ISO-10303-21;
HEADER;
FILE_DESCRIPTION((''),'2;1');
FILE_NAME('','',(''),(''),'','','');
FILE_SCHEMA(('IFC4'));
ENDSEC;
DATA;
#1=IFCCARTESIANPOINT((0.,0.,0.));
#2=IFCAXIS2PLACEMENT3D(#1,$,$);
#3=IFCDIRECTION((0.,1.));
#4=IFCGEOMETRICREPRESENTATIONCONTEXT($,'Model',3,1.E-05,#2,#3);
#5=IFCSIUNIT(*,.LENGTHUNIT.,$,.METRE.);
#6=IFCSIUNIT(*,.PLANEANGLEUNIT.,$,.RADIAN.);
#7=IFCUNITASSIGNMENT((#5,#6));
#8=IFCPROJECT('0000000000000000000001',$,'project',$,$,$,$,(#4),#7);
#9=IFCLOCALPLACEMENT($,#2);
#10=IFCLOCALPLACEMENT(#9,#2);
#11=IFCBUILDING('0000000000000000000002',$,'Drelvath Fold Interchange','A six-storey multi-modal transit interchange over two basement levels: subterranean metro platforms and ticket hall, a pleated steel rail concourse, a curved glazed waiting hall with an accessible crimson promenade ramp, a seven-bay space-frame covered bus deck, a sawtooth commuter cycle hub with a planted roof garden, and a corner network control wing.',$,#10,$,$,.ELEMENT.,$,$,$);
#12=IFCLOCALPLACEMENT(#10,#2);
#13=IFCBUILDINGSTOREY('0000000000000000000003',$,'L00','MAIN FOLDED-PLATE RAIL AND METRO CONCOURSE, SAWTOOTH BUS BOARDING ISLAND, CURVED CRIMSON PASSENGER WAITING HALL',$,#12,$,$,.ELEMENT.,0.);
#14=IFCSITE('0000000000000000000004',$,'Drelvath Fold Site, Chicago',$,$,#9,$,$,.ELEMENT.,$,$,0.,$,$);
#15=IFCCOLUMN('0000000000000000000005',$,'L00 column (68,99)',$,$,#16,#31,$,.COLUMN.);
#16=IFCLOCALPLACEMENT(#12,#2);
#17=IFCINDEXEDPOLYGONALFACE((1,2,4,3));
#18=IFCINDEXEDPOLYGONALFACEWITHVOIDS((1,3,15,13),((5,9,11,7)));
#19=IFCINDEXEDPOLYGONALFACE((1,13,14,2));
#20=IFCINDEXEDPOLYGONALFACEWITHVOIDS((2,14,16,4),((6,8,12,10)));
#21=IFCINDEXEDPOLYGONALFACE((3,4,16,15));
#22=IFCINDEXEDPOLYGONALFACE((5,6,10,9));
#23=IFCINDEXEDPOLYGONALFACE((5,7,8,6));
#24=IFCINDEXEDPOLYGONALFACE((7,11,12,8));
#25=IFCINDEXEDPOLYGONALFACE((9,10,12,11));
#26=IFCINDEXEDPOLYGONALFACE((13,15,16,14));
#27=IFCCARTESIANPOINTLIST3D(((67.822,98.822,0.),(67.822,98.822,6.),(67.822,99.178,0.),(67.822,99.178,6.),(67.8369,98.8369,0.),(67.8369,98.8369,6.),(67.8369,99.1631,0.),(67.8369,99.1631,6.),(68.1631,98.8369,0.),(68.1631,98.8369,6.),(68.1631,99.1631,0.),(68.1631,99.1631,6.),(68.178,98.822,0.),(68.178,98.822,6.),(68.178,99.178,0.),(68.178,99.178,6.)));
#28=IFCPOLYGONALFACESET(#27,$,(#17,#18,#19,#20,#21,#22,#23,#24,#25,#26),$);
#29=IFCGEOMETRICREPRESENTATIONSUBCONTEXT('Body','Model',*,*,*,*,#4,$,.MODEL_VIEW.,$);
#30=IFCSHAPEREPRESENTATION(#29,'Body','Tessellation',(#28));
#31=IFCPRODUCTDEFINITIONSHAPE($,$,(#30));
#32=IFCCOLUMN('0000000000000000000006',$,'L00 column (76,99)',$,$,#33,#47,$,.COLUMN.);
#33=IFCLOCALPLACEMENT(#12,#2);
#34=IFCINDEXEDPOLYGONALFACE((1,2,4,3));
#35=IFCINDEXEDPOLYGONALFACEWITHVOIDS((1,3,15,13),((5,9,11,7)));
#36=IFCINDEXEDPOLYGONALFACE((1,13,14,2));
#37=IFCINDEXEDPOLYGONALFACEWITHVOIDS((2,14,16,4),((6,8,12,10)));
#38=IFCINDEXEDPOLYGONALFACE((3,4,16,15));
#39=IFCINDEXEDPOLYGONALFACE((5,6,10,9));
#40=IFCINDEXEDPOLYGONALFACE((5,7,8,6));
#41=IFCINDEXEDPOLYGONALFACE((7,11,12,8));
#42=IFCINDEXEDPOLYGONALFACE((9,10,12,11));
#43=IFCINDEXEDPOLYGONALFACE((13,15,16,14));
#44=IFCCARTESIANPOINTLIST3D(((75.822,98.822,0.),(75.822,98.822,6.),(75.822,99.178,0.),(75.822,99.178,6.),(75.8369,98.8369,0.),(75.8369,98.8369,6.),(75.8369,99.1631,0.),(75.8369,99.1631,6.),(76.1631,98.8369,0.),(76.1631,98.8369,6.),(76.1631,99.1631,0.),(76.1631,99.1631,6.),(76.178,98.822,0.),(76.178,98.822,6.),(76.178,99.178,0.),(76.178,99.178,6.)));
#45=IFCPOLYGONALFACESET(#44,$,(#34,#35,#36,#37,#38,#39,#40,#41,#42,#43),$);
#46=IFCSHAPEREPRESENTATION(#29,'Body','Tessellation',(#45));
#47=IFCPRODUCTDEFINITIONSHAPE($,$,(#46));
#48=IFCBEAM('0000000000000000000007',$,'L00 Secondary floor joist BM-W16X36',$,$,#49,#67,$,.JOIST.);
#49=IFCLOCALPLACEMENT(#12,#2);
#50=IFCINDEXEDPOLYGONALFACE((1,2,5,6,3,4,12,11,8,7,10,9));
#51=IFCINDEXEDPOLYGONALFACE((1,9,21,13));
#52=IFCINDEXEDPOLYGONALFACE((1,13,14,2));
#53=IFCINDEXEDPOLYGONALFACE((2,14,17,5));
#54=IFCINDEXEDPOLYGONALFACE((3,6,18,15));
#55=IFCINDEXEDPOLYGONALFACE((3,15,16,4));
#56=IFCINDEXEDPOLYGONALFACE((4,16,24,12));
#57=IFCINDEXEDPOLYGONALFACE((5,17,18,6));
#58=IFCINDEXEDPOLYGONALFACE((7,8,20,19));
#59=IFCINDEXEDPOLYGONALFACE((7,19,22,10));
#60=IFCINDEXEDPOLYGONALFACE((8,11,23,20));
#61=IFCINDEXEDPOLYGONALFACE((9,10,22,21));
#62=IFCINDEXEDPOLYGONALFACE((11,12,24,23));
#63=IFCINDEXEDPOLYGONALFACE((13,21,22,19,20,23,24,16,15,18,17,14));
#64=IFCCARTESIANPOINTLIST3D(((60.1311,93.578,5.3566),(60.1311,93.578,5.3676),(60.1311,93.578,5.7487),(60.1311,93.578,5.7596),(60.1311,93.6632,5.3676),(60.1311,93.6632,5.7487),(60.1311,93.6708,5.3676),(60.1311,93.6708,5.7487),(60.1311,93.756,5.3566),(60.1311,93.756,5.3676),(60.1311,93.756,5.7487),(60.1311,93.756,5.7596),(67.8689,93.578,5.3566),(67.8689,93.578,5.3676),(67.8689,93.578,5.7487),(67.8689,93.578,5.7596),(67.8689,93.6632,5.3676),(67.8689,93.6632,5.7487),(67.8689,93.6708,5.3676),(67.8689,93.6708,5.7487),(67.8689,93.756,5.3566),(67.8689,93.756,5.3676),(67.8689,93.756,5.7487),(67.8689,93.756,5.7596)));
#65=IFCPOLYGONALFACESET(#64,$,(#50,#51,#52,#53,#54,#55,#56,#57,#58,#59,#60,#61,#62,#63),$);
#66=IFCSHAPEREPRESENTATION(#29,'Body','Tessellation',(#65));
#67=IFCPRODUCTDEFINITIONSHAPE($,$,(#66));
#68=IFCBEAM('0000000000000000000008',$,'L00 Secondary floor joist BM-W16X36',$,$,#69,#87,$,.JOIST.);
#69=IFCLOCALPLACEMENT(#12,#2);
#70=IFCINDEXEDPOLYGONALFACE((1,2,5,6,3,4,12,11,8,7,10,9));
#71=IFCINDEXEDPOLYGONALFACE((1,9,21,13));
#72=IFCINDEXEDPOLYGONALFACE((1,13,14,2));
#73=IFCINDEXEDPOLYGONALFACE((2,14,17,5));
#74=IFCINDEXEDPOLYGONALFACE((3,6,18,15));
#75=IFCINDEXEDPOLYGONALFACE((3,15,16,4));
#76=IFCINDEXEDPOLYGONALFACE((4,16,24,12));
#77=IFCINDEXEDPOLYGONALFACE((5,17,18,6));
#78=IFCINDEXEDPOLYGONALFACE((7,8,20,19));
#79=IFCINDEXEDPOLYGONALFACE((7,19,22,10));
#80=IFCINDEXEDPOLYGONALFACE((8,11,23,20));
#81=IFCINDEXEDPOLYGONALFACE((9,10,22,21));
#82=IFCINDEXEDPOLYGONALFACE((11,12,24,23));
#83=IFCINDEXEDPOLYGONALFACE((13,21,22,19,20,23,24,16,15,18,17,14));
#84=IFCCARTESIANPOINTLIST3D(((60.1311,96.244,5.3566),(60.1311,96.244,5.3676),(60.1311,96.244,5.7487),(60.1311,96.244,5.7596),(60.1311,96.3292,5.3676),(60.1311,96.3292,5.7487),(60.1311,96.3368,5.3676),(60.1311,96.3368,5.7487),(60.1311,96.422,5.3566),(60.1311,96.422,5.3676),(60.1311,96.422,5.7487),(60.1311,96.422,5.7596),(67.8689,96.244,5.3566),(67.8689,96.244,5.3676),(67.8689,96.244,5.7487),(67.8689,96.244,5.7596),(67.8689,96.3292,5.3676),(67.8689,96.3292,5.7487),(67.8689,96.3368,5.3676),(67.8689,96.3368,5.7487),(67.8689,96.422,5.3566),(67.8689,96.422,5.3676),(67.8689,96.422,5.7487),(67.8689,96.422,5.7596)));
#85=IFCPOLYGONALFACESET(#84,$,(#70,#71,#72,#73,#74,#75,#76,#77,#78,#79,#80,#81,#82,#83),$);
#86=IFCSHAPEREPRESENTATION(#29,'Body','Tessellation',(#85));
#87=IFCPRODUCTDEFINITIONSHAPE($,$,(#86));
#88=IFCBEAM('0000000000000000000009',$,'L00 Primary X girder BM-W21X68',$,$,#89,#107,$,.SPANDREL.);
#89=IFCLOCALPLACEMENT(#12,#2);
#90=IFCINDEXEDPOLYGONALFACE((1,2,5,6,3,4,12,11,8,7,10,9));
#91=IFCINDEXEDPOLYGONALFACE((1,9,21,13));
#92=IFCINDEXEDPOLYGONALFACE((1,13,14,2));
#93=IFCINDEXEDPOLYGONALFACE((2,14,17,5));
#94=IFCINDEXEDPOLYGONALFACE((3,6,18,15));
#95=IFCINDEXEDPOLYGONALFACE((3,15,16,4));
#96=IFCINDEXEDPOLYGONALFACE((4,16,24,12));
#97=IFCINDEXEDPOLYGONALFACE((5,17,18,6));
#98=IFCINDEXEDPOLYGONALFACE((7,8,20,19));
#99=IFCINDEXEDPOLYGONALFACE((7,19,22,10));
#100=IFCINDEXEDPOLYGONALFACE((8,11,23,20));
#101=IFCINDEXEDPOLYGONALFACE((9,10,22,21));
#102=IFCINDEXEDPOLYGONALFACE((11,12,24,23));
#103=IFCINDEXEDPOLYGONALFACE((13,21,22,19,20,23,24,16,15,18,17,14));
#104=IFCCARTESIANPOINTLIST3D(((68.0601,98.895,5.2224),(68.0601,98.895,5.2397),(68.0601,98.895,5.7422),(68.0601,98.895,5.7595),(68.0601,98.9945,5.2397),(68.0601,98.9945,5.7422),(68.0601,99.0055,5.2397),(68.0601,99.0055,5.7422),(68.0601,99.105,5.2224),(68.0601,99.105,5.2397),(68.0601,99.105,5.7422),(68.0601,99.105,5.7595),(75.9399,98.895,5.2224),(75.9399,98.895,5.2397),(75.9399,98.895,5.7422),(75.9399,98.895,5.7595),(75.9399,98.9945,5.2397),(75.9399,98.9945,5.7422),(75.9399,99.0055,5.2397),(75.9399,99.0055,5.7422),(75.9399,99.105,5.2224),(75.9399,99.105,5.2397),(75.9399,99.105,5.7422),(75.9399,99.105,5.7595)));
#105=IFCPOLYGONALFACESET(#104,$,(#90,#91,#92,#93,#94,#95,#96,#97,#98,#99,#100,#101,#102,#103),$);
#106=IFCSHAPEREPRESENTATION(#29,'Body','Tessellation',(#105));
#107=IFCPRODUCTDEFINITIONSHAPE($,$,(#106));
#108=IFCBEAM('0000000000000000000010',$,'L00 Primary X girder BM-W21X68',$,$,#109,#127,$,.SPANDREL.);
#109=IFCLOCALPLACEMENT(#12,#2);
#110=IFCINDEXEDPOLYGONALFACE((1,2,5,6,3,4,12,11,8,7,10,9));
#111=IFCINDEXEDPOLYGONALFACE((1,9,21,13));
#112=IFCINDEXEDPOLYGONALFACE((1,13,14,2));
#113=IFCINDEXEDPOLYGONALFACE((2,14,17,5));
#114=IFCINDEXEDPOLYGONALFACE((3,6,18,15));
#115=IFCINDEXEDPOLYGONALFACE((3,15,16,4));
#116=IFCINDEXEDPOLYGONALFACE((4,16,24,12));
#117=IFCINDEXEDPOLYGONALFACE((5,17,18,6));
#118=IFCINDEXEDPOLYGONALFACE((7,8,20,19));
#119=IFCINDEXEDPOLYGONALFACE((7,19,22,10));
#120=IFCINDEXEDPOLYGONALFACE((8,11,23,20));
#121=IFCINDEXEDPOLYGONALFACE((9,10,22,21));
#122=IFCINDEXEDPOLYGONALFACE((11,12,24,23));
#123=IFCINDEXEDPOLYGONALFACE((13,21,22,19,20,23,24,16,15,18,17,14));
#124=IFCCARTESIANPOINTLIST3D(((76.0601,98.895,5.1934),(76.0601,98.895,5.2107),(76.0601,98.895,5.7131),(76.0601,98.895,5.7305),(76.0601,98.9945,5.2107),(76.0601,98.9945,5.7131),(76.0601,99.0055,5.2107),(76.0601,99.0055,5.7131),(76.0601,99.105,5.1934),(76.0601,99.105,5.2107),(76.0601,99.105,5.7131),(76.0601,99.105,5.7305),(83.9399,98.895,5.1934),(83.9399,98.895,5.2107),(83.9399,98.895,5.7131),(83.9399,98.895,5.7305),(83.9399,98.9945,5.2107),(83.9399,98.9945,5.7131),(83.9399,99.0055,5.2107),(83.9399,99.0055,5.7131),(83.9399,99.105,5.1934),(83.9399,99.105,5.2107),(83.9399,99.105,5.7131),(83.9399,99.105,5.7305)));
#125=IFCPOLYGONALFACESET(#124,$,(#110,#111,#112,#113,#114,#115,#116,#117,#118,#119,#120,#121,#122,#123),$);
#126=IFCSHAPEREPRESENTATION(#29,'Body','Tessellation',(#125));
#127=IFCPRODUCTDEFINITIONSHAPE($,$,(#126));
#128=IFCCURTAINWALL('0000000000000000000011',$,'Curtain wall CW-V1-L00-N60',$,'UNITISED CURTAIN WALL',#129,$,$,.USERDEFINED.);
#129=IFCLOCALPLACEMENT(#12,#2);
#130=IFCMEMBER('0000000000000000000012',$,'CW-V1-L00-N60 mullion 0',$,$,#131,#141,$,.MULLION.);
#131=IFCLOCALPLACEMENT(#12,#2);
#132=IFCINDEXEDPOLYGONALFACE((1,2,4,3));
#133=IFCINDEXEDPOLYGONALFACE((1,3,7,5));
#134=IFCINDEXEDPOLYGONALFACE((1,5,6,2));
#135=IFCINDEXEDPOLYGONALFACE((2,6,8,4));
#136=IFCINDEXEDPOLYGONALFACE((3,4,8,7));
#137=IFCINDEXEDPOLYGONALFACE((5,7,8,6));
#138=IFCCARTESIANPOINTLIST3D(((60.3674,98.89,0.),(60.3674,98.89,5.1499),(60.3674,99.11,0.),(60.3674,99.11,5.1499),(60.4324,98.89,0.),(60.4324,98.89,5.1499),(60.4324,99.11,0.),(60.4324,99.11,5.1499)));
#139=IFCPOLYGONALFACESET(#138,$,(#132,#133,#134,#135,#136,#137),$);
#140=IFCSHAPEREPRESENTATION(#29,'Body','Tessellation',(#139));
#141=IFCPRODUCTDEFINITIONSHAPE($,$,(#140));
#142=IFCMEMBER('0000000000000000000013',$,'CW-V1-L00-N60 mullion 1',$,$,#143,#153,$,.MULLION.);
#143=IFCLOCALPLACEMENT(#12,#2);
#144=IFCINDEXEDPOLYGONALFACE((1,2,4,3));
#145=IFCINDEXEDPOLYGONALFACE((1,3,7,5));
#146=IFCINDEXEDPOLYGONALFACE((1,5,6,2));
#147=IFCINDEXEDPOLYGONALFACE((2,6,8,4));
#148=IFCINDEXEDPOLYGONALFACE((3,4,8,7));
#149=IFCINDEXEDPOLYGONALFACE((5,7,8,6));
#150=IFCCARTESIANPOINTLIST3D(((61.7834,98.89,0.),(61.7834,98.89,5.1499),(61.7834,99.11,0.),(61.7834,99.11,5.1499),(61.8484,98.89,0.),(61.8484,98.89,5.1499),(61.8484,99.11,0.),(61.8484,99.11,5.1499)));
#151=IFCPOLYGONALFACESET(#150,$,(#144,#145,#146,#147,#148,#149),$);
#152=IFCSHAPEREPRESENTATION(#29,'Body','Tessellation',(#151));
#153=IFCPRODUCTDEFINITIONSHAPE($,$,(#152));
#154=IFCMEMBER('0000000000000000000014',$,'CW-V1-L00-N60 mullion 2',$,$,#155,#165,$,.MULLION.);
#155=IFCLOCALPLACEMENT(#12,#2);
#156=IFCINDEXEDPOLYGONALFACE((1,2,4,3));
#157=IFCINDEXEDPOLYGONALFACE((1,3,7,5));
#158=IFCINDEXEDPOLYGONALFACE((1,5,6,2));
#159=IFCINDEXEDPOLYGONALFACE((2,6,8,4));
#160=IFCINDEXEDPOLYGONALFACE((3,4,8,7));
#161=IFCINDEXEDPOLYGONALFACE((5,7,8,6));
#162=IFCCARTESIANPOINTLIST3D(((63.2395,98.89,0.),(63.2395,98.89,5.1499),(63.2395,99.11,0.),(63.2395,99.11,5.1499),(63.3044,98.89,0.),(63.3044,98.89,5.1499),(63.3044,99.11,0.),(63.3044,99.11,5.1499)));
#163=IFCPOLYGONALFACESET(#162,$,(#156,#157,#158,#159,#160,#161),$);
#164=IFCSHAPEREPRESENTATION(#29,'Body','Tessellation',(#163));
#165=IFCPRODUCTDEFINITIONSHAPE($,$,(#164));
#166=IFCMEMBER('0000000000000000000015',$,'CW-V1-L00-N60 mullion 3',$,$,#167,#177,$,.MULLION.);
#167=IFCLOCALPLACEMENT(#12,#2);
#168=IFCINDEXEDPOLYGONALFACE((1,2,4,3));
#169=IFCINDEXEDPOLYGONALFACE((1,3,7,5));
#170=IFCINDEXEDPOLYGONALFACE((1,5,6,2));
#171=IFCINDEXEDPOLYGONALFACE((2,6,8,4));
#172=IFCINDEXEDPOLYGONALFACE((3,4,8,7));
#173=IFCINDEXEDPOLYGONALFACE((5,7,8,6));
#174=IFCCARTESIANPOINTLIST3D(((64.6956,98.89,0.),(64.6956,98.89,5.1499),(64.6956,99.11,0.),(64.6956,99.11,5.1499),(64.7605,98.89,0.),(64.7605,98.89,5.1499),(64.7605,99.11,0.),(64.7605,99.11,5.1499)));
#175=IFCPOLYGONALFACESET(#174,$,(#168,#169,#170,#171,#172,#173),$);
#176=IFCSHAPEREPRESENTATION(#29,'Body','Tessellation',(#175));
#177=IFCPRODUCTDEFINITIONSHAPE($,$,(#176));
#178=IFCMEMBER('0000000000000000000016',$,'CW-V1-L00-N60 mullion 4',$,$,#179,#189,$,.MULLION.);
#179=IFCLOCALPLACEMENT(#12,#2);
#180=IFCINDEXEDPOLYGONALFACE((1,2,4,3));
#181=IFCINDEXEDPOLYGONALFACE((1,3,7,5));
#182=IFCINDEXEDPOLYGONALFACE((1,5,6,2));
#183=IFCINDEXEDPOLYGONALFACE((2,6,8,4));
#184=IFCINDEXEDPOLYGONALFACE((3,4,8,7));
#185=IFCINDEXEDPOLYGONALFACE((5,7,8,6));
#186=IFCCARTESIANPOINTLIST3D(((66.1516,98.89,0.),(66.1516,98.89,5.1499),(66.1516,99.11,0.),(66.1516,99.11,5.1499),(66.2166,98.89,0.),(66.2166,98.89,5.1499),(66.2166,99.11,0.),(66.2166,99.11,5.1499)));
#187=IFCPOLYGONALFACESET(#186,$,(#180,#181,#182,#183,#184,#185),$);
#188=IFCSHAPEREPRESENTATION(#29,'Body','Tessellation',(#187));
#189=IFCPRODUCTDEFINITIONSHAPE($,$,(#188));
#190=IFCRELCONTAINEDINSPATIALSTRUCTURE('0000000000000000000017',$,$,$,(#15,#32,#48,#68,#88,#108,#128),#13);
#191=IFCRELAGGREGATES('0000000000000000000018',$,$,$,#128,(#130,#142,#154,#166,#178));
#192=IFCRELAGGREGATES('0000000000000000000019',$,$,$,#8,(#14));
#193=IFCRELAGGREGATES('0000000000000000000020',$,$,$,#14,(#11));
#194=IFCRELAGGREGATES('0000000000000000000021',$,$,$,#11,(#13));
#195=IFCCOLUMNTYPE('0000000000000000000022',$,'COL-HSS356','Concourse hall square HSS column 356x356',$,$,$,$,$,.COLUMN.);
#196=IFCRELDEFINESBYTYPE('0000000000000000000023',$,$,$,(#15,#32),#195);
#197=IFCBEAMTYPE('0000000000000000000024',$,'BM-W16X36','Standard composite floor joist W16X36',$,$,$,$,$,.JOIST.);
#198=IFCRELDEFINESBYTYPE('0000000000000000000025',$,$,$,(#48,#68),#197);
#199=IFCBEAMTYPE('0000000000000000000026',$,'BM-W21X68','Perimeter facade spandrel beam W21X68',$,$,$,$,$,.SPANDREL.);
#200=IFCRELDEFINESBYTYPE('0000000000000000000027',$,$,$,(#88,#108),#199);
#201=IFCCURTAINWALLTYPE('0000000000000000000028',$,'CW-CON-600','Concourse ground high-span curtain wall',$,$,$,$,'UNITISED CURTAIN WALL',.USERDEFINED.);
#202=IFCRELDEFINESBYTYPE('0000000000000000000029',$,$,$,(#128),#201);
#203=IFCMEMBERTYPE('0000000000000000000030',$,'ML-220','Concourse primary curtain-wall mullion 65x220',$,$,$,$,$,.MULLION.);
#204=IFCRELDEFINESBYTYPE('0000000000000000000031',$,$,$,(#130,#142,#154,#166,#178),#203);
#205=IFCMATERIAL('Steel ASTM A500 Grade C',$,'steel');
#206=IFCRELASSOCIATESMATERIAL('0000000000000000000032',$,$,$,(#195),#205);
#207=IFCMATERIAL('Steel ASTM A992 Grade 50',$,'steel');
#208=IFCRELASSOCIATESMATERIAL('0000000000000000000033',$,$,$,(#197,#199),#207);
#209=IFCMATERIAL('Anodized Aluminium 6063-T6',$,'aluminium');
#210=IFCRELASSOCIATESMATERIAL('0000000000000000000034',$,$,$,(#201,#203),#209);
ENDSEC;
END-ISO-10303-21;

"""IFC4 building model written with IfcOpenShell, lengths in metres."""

from ifc_helpers import new_model, si_unit, direction, frame, origin, origin_2d, place, context, subcontext, project, spatial, rectangle, hollow_rectangle, i_section, extrude, material, material_profile, profile_set, type_object, element, aggregate, save


model = new_model("IFC4")

# Units and contexts
model_context = context("Model", 3, precision=1e-05, world=origin(), true_north=direction((0.0, 1.0)))
body_context = subcontext(model_context, "Body", "Model", "MODEL_VIEW")
ifc_project = project(units=[si_unit("LENGTHUNIT", "METRE"), si_unit("PLANEANGLEUNIT", "RADIAN")], contexts=[model_context])

# Site, building, storey
site_placement = place(None, origin())
site = spatial("IfcSite", under=ifc_project, at=site_placement, Name="Drelvath Fold Site, Chicago", CompositionType="ELEMENT", RefElevation=0.0)
building_placement = place(site_placement, origin())
building = spatial("IfcBuilding", under=site, at=building_placement, Name="Drelvath Fold Interchange", Description="A six-storey multi-modal transit interchange over two basement levels: subterranean metro platforms and ticket hall, a pleated steel rail concourse, a curved glazed waiting hall with an accessible crimson promenade ramp, a seven-bay space-frame covered bus deck, a sawtooth commuter cycle hub with a planted roof garden, and a corner network control wing.", CompositionType="ELEMENT")
storey_placement = place(building_placement, origin())
storey = spatial("IfcBuildingStorey", under=building, at=storey_placement, Name="L00", Description="MAIN FOLDED-PLATE RAIL AND METRO CONCOURSE, SAWTOOTH BUS BOARDING ISLAND, CURVED CRIMSON PASSENGER WAITING HALL", CompositionType="ELEMENT", Elevation=0.0)

# Columns
ifc_material_1 = material(Name="Steel ASTM A500 Grade C", Category="steel")
ifc_material_profile_1 = material_profile(ifc_material_1, hollow_rectangle(XDim=0.356, YDim=0.356, WallThickness=0.0149, at=origin_2d()), Name="HSS14X14X5/8")
ifc_profile_set_1 = profile_set([ifc_material_profile_1], Name="Steel ASTM A500 Grade C")
column_type = type_object("IfcColumnType", Name="COL-HSS356", Description="Concourse hall square HSS column 356x356", PredefinedType="COLUMN", material=ifc_profile_set_1)
for number, where, z_axis, x_axis, name in (
    (1, (68.0, 99.0, 0.0), (0.0, 0.0, 1.0), (1.0, 0.0, 0.0), "L00 column (68,99)"),
    (2, (76.0, 99.0, 0.0), (0.0, 0.0, 1.0), (1.0, 0.0, 0.0), "L00 column (76,99)"),
):
    element("IfcColumn", number, at=place(storey_placement, frame(where, z_axis=z_axis, x_axis=x_axis)), inside=storey, type_object=column_type, Name=name, PredefinedType="COLUMN", context=body_context, shape_type="SweptSolid", body=[
        extrude(hollow_rectangle(XDim=0.356, YDim=0.356, WallThickness=0.0149, at=origin_2d()), origin(), (0.0, 0.0, 1.0), 6.0),
    ])

# Beams
ifc_material_2 = material(Name="Steel ASTM A992 Grade 50", Category="steel")
ifc_material_profile_2 = material_profile(ifc_material_2, i_section(OverallWidth=0.178, OverallDepth=0.4031, WebThickness=0.0076, FlangeThickness=0.011, at=origin_2d()), Name="W16X36")
ifc_profile_set_2 = profile_set([ifc_material_profile_2], Name="Steel ASTM A992 Grade 50")
beam_type_1 = type_object("IfcBeamType", Name="BM-W16X36", Description="Standard composite floor joist W16X36", PredefinedType="JOIST", material=ifc_profile_set_2)
for number, where, z_axis, x_axis, name in (
    (3, (60.1311, 93.667, 5.5581), (1.0, 0.0, 0.0), (0.0, 1.0, 0.0), "L00 Secondary floor joist BM-W16X36"),
    (4, (60.1311, 96.333, 5.5581), (1.0, 0.0, 0.0), (0.0, 1.0, 0.0), "L00 Secondary floor joist BM-W16X36"),
):
    element("IfcBeam", number, at=place(storey_placement, frame(where, z_axis=z_axis, x_axis=x_axis)), inside=storey, type_object=beam_type_1, Name=name, PredefinedType="JOIST", context=body_context, shape_type="SweptSolid", body=[
        extrude(i_section(OverallWidth=0.178, OverallDepth=0.4031, WebThickness=0.0076, FlangeThickness=0.011, at=origin_2d()), origin(), (0.0, 0.0, 1.0), 7.7378),
    ])
ifc_material_profile_3 = material_profile(ifc_material_2, i_section(OverallWidth=0.21, OverallDepth=0.5371, WebThickness=0.011, FlangeThickness=0.0173, at=origin_2d()), Name="W21X68")
ifc_profile_set_3 = profile_set([ifc_material_profile_3], Name="Steel ASTM A992 Grade 50")
beam_type_2 = type_object("IfcBeamType", Name="BM-W21X68", Description="Perimeter facade spandrel beam W21X68", PredefinedType="SPANDREL", material=ifc_profile_set_3)
for number, where, z_axis, x_axis, name in (
    (5, (68.0601, 99.0, 5.491), (1.0, 0.0, 0.0), (0.0, 1.0, 0.0), "L00 Primary X girder BM-W21X68"),
    (6, (76.0601, 99.0, 5.4619), (1.0, 0.0, 0.0), (0.0, 1.0, 0.0), "L00 Primary X girder BM-W21X68"),
):
    element("IfcBeam", number, at=place(storey_placement, frame(where, z_axis=z_axis, x_axis=x_axis)), inside=storey, type_object=beam_type_2, Name=name, PredefinedType="SPANDREL", context=body_context, shape_type="SweptSolid", body=[
        extrude(i_section(OverallWidth=0.21, OverallDepth=0.5371, WebThickness=0.011, FlangeThickness=0.0173, at=origin_2d()), origin(), (0.0, 0.0, 1.0), 7.8799),
    ])

# Curtain wall, members
ifc_material_3 = material(Name="Anodized Aluminium 6063-T6", Category="aluminium")
curtain_wall_type = type_object("IfcCurtainWallType", Name="CW-CON-600", Description="Concourse ground high-span curtain wall", ElementType="UNITISED CURTAIN WALL", PredefinedType="USERDEFINED", material=ifc_material_3)
curtain_wall_placement = place(storey_placement, origin())
curtain_wall = element("IfcCurtainWall", 7, at=curtain_wall_placement, inside=storey, type_object=curtain_wall_type, Name="Curtain wall CW-V1-L00-N60", ObjectType="UNITISED CURTAIN WALL", PredefinedType="USERDEFINED")
ifc_material_profile_4 = material_profile(ifc_material_3, rectangle(XDim=0.0649, YDim=0.22, at=origin_2d()), Name="AL-M 65x220")
ifc_profile_set_4 = profile_set([ifc_material_profile_4], Name="Anodized Aluminium 6063-T6")
member_type_1 = type_object("IfcMemberType", Name="ML-220", Description="Concourse primary curtain-wall mullion 65x220", PredefinedType="MULLION", material=ifc_profile_set_4)
member_1_placement = place(storey_placement, frame((60.3999, 99.0, 0.0), z_axis=(0.0, 0.0, 1.0), x_axis=(1.0, 0.0, 0.0)))
member_1 = element("IfcMember", 8, at=member_1_placement, type_object=member_type_1, Name="CW-V1-L00-N60 mullion 0", PredefinedType="MULLION", context=body_context, shape_type="SweptSolid", body=[
    extrude(rectangle(XDim=0.0649, YDim=0.22, at=origin_2d()), origin(), (0.0, 0.0, 1.0), 5.1499),
])
member_2_placement = place(storey_placement, frame((61.8159, 99.0, 0.0), z_axis=(0.0, 0.0, 1.0), x_axis=(1.0, 0.0, 0.0)))
member_2 = element("IfcMember", 9, at=member_2_placement, type_object=member_type_1, Name="CW-V1-L00-N60 mullion 1", PredefinedType="MULLION", context=body_context, shape_type="SweptSolid", body=[
    extrude(rectangle(XDim=0.0649, YDim=0.22, at=origin_2d()), origin(), (0.0, 0.0, 1.0), 5.1499),
])
member_3_placement = place(storey_placement, frame((63.272, 99.0, 0.0), z_axis=(0.0, 0.0, 1.0), x_axis=(1.0, 0.0, 0.0)))
member_3 = element("IfcMember", 10, at=member_3_placement, type_object=member_type_1, Name="CW-V1-L00-N60 mullion 2", PredefinedType="MULLION", context=body_context, shape_type="SweptSolid", body=[
    extrude(rectangle(XDim=0.0649, YDim=0.22, at=origin_2d()), origin(), (0.0, 0.0, 1.0), 5.1499),
])
member_4_placement = place(storey_placement, frame((64.728, 99.0, 0.0), z_axis=(0.0, 0.0, 1.0), x_axis=(1.0, 0.0, 0.0)))
member_4 = element("IfcMember", 11, at=member_4_placement, type_object=member_type_1, Name="CW-V1-L00-N60 mullion 3", PredefinedType="MULLION", context=body_context, shape_type="SweptSolid", body=[
    extrude(rectangle(XDim=0.0649, YDim=0.22, at=origin_2d()), origin(), (0.0, 0.0, 1.0), 5.1499),
])
member_5_placement = place(storey_placement, frame((66.1841, 99.0, 0.0), z_axis=(0.0, 0.0, 1.0), x_axis=(1.0, 0.0, 0.0)))
member_5 = element("IfcMember", 12, at=member_5_placement, type_object=member_type_1, Name="CW-V1-L00-N60 mullion 4", PredefinedType="MULLION", context=body_context, shape_type="SweptSolid", body=[
    extrude(rectangle(XDim=0.0649, YDim=0.22, at=origin_2d()), origin(), (0.0, 0.0, 1.0), 5.1499),
])
aggregate(curtain_wall, [member_1, member_2, member_3, member_4, member_5])

save(model, "model.ifc")
